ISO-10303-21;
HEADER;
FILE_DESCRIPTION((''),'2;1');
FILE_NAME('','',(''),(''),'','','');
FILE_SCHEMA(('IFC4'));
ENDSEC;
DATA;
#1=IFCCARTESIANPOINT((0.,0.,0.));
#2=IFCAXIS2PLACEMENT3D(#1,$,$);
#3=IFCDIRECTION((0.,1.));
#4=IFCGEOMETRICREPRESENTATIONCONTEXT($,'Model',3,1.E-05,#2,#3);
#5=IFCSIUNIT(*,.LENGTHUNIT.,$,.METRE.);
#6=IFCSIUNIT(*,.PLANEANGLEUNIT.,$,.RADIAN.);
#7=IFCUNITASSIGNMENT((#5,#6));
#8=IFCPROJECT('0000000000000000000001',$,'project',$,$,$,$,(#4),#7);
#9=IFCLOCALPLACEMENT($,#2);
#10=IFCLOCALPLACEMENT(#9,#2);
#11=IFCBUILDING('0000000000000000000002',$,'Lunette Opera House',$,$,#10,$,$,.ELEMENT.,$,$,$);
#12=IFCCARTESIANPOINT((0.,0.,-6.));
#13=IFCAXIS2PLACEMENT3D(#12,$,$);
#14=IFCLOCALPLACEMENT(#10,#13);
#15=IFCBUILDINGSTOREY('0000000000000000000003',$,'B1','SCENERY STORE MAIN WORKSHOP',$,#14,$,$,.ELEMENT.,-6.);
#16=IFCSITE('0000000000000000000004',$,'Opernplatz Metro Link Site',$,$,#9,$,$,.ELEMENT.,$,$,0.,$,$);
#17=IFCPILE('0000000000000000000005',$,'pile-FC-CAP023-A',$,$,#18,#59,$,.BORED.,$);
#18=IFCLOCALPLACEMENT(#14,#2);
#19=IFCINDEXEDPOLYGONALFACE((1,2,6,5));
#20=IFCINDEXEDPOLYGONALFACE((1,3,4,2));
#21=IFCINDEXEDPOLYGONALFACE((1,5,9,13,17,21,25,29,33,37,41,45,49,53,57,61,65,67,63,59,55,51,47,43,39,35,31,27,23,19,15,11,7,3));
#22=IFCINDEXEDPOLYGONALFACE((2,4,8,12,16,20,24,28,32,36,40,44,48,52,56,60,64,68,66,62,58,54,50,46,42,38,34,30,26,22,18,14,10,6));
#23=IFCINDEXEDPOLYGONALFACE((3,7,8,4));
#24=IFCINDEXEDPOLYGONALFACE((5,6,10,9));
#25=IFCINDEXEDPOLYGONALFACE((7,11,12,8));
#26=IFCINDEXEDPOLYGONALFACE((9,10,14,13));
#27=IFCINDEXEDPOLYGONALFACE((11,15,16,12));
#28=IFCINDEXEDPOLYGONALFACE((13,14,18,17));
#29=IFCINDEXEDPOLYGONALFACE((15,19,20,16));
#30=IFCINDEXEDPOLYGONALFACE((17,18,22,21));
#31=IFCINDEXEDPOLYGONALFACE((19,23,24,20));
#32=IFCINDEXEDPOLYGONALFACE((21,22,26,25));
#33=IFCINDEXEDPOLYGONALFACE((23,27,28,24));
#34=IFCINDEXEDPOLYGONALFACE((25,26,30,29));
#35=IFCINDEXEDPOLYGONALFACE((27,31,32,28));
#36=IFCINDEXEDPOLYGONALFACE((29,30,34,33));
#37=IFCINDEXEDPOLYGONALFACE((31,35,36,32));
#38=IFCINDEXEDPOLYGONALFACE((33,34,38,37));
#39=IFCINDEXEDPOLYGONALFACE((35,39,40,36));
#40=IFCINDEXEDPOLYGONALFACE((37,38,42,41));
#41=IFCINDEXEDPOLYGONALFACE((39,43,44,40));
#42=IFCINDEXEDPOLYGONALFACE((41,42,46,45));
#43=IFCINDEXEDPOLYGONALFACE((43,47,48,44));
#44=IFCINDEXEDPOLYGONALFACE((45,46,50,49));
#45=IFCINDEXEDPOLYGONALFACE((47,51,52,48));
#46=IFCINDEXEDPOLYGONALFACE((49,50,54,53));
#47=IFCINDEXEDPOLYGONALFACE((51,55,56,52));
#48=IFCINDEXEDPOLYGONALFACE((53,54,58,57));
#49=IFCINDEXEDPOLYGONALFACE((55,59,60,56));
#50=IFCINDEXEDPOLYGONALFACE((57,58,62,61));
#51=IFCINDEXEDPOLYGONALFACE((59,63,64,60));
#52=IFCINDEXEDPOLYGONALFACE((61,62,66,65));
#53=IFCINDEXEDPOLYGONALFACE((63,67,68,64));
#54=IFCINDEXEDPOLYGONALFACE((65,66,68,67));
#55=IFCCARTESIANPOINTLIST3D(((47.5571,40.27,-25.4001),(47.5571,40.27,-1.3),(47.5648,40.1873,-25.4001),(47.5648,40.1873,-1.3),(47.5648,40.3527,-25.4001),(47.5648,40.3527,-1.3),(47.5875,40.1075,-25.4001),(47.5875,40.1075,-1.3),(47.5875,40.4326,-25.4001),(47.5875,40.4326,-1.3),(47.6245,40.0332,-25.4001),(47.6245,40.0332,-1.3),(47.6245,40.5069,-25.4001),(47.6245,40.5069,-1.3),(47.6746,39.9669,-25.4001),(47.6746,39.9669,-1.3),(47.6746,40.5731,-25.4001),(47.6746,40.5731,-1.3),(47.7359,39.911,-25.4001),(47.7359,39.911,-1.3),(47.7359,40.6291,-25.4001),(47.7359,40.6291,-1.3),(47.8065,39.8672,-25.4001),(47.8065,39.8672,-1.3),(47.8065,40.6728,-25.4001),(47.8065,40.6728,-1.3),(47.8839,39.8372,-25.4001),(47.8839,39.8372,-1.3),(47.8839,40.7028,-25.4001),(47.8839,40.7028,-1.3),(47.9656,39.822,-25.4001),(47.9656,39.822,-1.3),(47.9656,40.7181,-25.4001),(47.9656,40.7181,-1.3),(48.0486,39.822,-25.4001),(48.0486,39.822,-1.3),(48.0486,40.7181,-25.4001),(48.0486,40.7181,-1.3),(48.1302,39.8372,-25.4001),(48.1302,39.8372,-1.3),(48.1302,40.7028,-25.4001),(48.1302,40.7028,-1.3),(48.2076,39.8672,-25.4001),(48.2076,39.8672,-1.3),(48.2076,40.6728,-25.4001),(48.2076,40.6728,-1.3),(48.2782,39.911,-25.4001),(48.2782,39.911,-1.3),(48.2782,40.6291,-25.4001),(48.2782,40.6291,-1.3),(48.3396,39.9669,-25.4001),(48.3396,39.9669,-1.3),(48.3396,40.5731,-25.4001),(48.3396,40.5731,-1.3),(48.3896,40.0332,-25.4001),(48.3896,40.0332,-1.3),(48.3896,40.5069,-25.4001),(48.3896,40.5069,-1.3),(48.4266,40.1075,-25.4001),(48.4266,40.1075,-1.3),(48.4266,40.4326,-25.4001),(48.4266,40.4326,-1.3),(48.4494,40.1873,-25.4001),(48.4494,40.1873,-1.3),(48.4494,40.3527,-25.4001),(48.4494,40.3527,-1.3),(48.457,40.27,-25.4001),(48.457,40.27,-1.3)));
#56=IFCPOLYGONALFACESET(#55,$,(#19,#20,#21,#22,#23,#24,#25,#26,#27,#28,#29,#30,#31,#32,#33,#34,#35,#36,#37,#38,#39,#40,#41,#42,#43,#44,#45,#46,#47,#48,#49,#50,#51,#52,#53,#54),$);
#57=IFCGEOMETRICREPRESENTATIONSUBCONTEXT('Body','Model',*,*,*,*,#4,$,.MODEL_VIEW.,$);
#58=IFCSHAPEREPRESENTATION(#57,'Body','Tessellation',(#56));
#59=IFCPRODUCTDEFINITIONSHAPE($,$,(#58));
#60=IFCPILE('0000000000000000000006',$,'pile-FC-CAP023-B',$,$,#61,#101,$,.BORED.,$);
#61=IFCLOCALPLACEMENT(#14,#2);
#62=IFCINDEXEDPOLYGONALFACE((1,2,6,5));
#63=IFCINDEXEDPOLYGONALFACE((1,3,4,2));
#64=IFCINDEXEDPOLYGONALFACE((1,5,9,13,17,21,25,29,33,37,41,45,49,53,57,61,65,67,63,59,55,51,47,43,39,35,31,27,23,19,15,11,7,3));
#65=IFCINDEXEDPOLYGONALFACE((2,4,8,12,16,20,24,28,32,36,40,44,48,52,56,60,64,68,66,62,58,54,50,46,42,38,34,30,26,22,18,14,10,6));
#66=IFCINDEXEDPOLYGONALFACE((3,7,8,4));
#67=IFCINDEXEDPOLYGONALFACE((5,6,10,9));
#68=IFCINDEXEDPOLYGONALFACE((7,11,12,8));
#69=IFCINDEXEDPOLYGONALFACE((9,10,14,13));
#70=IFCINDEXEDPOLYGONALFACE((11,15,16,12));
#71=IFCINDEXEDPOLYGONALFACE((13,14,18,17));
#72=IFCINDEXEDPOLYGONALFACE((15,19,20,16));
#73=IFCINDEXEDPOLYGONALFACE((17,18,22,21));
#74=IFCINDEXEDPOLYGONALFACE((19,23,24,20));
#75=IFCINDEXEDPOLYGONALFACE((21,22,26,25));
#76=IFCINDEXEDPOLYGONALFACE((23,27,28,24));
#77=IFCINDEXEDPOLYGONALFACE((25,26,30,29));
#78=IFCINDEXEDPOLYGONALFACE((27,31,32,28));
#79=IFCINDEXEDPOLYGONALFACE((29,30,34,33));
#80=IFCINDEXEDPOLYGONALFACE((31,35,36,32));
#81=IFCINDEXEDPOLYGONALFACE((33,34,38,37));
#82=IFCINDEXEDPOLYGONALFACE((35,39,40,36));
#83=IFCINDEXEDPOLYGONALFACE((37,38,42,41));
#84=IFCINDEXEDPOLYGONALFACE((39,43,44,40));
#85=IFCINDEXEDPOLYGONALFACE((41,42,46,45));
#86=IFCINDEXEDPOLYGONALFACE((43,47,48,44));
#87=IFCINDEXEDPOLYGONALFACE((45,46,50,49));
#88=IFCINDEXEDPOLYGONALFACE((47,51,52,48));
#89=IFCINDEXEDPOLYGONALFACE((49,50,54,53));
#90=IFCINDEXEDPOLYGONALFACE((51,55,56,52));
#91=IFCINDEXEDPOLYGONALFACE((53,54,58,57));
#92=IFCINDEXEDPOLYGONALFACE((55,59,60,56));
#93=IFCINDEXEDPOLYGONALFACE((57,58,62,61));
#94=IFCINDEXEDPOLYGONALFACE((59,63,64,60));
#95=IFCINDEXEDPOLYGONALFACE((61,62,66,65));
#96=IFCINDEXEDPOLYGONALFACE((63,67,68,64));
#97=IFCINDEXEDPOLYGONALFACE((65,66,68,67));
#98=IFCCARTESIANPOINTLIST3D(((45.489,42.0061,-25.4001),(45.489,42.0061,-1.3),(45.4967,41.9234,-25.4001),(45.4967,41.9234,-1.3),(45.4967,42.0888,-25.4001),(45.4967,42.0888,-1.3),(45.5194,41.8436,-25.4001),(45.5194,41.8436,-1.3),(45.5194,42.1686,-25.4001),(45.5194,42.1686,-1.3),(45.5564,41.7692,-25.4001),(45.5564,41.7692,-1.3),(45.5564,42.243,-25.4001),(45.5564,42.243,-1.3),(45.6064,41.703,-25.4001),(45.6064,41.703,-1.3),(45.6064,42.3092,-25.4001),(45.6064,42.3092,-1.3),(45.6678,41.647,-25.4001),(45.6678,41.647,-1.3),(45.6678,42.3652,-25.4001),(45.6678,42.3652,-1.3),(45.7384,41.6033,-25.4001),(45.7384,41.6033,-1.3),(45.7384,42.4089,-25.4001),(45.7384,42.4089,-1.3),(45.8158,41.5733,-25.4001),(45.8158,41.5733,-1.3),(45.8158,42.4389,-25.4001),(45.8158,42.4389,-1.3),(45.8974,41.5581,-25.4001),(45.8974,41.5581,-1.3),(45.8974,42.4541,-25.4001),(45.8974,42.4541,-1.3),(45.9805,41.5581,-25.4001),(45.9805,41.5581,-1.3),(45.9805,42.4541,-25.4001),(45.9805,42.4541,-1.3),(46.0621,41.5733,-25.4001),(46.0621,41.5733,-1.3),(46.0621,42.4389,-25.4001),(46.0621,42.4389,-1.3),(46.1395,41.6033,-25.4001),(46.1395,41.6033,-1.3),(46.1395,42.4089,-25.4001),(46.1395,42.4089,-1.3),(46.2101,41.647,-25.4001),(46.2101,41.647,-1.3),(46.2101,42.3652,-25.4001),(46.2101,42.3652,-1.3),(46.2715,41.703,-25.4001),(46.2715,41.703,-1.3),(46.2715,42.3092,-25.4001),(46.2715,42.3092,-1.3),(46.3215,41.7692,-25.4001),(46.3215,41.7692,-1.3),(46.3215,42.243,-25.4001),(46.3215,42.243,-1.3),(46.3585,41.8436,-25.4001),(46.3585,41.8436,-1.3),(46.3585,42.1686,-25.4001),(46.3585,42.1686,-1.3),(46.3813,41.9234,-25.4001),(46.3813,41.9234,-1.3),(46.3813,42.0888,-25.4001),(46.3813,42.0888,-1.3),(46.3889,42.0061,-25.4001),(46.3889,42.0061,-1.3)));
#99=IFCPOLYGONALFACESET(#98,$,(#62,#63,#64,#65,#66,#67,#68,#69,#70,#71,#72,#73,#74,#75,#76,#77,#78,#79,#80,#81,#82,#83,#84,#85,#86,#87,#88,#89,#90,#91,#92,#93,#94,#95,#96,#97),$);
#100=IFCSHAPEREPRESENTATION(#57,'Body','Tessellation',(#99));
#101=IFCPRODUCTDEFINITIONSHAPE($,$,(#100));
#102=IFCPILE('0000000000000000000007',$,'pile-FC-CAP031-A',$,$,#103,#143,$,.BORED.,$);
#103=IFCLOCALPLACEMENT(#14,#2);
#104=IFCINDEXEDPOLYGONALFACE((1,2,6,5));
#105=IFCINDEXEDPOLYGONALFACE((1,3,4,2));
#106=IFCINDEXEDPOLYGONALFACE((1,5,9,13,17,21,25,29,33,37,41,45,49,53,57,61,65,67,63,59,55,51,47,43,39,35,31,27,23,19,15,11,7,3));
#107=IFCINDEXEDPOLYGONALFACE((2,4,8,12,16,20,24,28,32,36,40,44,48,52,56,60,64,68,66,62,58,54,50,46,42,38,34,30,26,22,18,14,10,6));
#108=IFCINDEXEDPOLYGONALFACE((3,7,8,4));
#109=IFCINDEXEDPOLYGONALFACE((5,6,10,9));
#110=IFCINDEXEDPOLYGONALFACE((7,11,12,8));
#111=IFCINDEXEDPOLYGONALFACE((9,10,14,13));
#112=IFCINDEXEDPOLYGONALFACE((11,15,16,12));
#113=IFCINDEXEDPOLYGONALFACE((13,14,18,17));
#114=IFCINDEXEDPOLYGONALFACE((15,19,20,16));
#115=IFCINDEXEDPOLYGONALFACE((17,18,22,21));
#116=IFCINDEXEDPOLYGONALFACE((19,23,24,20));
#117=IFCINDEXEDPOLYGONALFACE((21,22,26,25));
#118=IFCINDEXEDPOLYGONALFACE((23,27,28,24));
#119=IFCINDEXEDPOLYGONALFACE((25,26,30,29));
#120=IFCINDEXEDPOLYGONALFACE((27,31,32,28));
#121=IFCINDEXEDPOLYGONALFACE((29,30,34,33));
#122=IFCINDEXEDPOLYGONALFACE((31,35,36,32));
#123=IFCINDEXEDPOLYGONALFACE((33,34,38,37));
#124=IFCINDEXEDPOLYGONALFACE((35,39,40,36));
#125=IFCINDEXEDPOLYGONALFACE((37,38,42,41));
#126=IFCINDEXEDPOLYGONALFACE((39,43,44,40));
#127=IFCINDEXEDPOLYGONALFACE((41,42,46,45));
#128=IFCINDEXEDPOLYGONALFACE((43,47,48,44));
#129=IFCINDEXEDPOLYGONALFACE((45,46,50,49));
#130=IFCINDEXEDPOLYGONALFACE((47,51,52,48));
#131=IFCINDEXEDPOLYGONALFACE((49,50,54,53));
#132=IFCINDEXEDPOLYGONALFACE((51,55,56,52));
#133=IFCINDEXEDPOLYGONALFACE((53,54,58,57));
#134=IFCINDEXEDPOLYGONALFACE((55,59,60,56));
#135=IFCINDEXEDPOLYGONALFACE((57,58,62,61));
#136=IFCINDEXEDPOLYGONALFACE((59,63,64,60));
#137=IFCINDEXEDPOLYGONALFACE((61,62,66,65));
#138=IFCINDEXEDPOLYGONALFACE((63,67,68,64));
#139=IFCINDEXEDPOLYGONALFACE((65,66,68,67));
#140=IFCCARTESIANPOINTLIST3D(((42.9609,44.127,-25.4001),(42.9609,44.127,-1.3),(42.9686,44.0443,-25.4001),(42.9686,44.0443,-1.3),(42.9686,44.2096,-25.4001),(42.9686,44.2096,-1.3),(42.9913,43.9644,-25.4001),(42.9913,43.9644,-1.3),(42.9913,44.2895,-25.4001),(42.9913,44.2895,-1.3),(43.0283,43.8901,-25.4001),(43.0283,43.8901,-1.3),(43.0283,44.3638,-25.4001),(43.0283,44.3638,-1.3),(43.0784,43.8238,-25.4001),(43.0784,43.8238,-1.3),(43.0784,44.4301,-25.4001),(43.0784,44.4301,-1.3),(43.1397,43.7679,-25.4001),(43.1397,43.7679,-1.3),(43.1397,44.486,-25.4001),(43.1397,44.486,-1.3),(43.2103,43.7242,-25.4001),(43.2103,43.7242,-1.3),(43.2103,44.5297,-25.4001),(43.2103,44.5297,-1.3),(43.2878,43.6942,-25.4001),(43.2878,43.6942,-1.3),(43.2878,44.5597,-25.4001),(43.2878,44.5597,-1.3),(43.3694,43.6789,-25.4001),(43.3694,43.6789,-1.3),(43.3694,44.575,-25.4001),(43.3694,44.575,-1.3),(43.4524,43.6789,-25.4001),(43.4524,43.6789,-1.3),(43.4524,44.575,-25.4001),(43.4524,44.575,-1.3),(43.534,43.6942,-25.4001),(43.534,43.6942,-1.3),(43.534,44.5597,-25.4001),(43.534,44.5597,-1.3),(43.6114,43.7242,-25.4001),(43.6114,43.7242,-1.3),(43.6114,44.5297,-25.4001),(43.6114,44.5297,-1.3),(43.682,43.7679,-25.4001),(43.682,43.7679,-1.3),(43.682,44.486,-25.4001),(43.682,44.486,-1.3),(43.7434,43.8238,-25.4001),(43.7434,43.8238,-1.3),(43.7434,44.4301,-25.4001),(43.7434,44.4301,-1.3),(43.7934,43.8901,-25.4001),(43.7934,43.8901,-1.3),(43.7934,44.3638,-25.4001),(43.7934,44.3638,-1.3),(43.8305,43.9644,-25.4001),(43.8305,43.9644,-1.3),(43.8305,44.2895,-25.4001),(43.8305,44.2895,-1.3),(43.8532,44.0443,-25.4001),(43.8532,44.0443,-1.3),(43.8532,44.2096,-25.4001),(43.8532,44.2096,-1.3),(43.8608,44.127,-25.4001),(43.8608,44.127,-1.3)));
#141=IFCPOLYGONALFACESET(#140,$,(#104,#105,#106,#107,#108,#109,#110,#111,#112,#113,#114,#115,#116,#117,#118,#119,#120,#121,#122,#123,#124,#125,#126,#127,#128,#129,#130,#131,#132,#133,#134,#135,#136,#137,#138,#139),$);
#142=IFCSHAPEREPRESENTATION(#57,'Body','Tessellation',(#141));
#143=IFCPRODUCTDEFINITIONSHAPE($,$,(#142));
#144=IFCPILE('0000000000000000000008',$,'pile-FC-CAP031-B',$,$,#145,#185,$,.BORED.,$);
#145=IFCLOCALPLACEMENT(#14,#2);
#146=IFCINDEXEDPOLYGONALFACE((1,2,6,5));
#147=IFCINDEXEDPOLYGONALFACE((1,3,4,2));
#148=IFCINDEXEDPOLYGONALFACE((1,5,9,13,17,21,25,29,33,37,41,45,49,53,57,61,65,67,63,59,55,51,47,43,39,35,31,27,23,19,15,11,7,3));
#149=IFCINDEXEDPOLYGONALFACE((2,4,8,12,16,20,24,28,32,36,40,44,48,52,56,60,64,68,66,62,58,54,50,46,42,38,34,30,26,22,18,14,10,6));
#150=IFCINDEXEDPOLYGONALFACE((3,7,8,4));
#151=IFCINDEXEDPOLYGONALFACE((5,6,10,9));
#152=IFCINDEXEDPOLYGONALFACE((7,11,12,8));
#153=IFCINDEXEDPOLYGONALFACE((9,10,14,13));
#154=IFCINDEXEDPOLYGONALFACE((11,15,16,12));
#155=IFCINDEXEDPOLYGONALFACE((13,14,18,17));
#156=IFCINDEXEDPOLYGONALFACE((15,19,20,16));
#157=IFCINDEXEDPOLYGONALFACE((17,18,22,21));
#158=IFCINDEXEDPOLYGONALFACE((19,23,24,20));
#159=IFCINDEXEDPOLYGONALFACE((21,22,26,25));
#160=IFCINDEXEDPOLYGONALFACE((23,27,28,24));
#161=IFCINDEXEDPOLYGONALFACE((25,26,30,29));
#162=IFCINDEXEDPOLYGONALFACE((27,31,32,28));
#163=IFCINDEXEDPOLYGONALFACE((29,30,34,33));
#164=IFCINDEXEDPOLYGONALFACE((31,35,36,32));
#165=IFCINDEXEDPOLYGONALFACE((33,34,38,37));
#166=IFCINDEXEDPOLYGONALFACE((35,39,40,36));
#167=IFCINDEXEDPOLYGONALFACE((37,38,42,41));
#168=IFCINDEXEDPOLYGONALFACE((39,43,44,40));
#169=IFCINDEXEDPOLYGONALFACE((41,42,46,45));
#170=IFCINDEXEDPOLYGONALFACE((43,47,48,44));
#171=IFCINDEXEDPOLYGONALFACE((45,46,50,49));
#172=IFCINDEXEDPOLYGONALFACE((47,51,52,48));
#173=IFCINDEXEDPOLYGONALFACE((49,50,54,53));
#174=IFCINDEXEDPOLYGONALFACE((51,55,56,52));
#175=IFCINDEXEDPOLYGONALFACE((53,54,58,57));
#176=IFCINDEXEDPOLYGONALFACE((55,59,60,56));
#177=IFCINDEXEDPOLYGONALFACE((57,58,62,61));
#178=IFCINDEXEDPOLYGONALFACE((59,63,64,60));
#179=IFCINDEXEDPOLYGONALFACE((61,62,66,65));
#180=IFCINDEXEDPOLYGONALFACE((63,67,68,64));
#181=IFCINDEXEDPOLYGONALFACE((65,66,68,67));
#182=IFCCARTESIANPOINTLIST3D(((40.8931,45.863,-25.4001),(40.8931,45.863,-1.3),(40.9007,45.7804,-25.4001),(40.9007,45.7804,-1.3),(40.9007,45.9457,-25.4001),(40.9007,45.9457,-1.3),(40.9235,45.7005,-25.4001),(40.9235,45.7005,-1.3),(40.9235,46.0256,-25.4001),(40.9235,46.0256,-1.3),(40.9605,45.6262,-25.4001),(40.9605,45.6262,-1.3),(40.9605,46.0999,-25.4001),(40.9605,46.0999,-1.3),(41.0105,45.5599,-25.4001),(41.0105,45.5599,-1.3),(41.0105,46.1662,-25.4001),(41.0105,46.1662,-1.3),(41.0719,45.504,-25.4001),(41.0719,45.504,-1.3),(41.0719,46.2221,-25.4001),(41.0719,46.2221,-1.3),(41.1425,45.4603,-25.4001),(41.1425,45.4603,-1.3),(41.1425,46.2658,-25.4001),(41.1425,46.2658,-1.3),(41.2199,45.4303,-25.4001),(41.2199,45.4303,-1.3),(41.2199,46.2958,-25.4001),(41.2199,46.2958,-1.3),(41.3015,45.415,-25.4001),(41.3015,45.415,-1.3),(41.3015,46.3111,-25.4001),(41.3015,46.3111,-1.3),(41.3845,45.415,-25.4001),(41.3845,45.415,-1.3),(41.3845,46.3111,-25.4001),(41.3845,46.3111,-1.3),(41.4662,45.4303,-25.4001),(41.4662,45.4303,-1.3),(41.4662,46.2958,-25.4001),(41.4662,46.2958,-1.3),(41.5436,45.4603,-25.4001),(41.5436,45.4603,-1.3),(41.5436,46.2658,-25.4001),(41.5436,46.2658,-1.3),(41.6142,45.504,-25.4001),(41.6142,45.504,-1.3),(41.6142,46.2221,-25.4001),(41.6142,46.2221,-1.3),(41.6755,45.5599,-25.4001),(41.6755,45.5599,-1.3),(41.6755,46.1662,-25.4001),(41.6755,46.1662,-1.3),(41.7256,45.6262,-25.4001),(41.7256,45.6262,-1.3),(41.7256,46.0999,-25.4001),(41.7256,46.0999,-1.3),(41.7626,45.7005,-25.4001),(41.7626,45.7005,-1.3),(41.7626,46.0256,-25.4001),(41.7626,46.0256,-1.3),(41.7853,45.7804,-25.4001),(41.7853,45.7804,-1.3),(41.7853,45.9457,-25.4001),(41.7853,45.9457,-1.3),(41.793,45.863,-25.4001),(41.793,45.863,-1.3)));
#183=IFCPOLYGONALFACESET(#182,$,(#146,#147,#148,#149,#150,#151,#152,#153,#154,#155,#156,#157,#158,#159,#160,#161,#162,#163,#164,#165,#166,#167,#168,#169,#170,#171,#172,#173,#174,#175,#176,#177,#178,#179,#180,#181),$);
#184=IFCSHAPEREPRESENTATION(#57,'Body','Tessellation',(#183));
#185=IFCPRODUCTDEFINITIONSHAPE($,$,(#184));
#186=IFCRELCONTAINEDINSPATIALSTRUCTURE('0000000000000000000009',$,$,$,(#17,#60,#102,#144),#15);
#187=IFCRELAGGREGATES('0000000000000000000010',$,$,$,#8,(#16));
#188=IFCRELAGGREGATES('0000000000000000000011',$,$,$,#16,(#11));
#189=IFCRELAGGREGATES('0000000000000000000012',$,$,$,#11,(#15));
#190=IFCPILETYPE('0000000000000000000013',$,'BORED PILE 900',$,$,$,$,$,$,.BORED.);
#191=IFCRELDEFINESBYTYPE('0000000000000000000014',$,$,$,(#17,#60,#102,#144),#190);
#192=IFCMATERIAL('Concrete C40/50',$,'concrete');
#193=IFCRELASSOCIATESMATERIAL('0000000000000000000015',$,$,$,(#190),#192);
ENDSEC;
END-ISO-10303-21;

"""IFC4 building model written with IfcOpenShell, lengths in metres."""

from ifc_helpers import new_model, si_unit, direction, frame, origin, origin_2d, place, context, subcontext, project, spatial, circle, extrude, material, material_profile, profile_set, type_object, element, save


model = new_model("IFC4")

# Units and contexts
model_context = context("Model", 3, precision=1e-05, world=origin(), true_north=direction((0.0, 1.0)))
body_context = subcontext(model_context, "Body", "Model", "MODEL_VIEW")
ifc_project = project(units=[si_unit("LENGTHUNIT", "METRE"), si_unit("PLANEANGLEUNIT", "RADIAN")], contexts=[model_context])

# Site, building, storey
site_placement = place(None, origin())
site = spatial("IfcSite", under=ifc_project, at=site_placement, Name="Opernplatz Metro Link Site", CompositionType="ELEMENT", RefElevation=0.0)
building_placement = place(site_placement, origin())
building = spatial("IfcBuilding", under=site, at=building_placement, Name="Lunette Opera House", CompositionType="ELEMENT")
storey_placement = place(building_placement, frame((0.0, 0.0, -6.0)))
storey = spatial("IfcBuildingStorey", under=building, at=storey_placement, Name="B1", Description="SCENERY STORE MAIN WORKSHOP", CompositionType="ELEMENT", Elevation=-6.0)

# Piles
ifc_material_1 = material(Name="Concrete C40/50", Category="concrete")
ifc_material_profile_1 = material_profile(ifc_material_1, circle(Radius=0.45, at=origin_2d()), Name="BORED PILE 900")
ifc_profile_set_1 = profile_set([ifc_material_profile_1], Name="Concrete C40/50")
pile_type = type_object("IfcPileType", Name="BORED PILE 900", PredefinedType="BORED", material=ifc_profile_set_1)
for number, where, z_axis, x_axis, name in (
    (1, (48.0071, 40.27, -1.3), (0.0, 0.0, -1.0), (1.0, 0.0, 0.0), "pile-FC-CAP023-A"),
    (2, (45.939, 42.0061, -1.3), (0.0, 0.0, -1.0), (1.0, 0.0, 0.0), "pile-FC-CAP023-B"),
    (3, (43.4109, 44.127, -1.3), (0.0, 0.0, -1.0), (1.0, 0.0, 0.0), "pile-FC-CAP031-A"),
    (4, (41.343, 45.863, -1.3), (0.0, 0.0, -1.0), (1.0, 0.0, 0.0), "pile-FC-CAP031-B"),
):
    element("IfcPile", number, at=place(storey_placement, frame(where, z_axis=z_axis, x_axis=x_axis)), inside=storey, type_object=pile_type, Name=name, PredefinedType="BORED", context=body_context, shape_type="SweptSolid", body=[
        extrude(circle(Radius=0.45, at=origin_2d()), origin(), (0.0, 0.0, 1.0), 24.1001),
    ])

save(model, "model.ifc")
